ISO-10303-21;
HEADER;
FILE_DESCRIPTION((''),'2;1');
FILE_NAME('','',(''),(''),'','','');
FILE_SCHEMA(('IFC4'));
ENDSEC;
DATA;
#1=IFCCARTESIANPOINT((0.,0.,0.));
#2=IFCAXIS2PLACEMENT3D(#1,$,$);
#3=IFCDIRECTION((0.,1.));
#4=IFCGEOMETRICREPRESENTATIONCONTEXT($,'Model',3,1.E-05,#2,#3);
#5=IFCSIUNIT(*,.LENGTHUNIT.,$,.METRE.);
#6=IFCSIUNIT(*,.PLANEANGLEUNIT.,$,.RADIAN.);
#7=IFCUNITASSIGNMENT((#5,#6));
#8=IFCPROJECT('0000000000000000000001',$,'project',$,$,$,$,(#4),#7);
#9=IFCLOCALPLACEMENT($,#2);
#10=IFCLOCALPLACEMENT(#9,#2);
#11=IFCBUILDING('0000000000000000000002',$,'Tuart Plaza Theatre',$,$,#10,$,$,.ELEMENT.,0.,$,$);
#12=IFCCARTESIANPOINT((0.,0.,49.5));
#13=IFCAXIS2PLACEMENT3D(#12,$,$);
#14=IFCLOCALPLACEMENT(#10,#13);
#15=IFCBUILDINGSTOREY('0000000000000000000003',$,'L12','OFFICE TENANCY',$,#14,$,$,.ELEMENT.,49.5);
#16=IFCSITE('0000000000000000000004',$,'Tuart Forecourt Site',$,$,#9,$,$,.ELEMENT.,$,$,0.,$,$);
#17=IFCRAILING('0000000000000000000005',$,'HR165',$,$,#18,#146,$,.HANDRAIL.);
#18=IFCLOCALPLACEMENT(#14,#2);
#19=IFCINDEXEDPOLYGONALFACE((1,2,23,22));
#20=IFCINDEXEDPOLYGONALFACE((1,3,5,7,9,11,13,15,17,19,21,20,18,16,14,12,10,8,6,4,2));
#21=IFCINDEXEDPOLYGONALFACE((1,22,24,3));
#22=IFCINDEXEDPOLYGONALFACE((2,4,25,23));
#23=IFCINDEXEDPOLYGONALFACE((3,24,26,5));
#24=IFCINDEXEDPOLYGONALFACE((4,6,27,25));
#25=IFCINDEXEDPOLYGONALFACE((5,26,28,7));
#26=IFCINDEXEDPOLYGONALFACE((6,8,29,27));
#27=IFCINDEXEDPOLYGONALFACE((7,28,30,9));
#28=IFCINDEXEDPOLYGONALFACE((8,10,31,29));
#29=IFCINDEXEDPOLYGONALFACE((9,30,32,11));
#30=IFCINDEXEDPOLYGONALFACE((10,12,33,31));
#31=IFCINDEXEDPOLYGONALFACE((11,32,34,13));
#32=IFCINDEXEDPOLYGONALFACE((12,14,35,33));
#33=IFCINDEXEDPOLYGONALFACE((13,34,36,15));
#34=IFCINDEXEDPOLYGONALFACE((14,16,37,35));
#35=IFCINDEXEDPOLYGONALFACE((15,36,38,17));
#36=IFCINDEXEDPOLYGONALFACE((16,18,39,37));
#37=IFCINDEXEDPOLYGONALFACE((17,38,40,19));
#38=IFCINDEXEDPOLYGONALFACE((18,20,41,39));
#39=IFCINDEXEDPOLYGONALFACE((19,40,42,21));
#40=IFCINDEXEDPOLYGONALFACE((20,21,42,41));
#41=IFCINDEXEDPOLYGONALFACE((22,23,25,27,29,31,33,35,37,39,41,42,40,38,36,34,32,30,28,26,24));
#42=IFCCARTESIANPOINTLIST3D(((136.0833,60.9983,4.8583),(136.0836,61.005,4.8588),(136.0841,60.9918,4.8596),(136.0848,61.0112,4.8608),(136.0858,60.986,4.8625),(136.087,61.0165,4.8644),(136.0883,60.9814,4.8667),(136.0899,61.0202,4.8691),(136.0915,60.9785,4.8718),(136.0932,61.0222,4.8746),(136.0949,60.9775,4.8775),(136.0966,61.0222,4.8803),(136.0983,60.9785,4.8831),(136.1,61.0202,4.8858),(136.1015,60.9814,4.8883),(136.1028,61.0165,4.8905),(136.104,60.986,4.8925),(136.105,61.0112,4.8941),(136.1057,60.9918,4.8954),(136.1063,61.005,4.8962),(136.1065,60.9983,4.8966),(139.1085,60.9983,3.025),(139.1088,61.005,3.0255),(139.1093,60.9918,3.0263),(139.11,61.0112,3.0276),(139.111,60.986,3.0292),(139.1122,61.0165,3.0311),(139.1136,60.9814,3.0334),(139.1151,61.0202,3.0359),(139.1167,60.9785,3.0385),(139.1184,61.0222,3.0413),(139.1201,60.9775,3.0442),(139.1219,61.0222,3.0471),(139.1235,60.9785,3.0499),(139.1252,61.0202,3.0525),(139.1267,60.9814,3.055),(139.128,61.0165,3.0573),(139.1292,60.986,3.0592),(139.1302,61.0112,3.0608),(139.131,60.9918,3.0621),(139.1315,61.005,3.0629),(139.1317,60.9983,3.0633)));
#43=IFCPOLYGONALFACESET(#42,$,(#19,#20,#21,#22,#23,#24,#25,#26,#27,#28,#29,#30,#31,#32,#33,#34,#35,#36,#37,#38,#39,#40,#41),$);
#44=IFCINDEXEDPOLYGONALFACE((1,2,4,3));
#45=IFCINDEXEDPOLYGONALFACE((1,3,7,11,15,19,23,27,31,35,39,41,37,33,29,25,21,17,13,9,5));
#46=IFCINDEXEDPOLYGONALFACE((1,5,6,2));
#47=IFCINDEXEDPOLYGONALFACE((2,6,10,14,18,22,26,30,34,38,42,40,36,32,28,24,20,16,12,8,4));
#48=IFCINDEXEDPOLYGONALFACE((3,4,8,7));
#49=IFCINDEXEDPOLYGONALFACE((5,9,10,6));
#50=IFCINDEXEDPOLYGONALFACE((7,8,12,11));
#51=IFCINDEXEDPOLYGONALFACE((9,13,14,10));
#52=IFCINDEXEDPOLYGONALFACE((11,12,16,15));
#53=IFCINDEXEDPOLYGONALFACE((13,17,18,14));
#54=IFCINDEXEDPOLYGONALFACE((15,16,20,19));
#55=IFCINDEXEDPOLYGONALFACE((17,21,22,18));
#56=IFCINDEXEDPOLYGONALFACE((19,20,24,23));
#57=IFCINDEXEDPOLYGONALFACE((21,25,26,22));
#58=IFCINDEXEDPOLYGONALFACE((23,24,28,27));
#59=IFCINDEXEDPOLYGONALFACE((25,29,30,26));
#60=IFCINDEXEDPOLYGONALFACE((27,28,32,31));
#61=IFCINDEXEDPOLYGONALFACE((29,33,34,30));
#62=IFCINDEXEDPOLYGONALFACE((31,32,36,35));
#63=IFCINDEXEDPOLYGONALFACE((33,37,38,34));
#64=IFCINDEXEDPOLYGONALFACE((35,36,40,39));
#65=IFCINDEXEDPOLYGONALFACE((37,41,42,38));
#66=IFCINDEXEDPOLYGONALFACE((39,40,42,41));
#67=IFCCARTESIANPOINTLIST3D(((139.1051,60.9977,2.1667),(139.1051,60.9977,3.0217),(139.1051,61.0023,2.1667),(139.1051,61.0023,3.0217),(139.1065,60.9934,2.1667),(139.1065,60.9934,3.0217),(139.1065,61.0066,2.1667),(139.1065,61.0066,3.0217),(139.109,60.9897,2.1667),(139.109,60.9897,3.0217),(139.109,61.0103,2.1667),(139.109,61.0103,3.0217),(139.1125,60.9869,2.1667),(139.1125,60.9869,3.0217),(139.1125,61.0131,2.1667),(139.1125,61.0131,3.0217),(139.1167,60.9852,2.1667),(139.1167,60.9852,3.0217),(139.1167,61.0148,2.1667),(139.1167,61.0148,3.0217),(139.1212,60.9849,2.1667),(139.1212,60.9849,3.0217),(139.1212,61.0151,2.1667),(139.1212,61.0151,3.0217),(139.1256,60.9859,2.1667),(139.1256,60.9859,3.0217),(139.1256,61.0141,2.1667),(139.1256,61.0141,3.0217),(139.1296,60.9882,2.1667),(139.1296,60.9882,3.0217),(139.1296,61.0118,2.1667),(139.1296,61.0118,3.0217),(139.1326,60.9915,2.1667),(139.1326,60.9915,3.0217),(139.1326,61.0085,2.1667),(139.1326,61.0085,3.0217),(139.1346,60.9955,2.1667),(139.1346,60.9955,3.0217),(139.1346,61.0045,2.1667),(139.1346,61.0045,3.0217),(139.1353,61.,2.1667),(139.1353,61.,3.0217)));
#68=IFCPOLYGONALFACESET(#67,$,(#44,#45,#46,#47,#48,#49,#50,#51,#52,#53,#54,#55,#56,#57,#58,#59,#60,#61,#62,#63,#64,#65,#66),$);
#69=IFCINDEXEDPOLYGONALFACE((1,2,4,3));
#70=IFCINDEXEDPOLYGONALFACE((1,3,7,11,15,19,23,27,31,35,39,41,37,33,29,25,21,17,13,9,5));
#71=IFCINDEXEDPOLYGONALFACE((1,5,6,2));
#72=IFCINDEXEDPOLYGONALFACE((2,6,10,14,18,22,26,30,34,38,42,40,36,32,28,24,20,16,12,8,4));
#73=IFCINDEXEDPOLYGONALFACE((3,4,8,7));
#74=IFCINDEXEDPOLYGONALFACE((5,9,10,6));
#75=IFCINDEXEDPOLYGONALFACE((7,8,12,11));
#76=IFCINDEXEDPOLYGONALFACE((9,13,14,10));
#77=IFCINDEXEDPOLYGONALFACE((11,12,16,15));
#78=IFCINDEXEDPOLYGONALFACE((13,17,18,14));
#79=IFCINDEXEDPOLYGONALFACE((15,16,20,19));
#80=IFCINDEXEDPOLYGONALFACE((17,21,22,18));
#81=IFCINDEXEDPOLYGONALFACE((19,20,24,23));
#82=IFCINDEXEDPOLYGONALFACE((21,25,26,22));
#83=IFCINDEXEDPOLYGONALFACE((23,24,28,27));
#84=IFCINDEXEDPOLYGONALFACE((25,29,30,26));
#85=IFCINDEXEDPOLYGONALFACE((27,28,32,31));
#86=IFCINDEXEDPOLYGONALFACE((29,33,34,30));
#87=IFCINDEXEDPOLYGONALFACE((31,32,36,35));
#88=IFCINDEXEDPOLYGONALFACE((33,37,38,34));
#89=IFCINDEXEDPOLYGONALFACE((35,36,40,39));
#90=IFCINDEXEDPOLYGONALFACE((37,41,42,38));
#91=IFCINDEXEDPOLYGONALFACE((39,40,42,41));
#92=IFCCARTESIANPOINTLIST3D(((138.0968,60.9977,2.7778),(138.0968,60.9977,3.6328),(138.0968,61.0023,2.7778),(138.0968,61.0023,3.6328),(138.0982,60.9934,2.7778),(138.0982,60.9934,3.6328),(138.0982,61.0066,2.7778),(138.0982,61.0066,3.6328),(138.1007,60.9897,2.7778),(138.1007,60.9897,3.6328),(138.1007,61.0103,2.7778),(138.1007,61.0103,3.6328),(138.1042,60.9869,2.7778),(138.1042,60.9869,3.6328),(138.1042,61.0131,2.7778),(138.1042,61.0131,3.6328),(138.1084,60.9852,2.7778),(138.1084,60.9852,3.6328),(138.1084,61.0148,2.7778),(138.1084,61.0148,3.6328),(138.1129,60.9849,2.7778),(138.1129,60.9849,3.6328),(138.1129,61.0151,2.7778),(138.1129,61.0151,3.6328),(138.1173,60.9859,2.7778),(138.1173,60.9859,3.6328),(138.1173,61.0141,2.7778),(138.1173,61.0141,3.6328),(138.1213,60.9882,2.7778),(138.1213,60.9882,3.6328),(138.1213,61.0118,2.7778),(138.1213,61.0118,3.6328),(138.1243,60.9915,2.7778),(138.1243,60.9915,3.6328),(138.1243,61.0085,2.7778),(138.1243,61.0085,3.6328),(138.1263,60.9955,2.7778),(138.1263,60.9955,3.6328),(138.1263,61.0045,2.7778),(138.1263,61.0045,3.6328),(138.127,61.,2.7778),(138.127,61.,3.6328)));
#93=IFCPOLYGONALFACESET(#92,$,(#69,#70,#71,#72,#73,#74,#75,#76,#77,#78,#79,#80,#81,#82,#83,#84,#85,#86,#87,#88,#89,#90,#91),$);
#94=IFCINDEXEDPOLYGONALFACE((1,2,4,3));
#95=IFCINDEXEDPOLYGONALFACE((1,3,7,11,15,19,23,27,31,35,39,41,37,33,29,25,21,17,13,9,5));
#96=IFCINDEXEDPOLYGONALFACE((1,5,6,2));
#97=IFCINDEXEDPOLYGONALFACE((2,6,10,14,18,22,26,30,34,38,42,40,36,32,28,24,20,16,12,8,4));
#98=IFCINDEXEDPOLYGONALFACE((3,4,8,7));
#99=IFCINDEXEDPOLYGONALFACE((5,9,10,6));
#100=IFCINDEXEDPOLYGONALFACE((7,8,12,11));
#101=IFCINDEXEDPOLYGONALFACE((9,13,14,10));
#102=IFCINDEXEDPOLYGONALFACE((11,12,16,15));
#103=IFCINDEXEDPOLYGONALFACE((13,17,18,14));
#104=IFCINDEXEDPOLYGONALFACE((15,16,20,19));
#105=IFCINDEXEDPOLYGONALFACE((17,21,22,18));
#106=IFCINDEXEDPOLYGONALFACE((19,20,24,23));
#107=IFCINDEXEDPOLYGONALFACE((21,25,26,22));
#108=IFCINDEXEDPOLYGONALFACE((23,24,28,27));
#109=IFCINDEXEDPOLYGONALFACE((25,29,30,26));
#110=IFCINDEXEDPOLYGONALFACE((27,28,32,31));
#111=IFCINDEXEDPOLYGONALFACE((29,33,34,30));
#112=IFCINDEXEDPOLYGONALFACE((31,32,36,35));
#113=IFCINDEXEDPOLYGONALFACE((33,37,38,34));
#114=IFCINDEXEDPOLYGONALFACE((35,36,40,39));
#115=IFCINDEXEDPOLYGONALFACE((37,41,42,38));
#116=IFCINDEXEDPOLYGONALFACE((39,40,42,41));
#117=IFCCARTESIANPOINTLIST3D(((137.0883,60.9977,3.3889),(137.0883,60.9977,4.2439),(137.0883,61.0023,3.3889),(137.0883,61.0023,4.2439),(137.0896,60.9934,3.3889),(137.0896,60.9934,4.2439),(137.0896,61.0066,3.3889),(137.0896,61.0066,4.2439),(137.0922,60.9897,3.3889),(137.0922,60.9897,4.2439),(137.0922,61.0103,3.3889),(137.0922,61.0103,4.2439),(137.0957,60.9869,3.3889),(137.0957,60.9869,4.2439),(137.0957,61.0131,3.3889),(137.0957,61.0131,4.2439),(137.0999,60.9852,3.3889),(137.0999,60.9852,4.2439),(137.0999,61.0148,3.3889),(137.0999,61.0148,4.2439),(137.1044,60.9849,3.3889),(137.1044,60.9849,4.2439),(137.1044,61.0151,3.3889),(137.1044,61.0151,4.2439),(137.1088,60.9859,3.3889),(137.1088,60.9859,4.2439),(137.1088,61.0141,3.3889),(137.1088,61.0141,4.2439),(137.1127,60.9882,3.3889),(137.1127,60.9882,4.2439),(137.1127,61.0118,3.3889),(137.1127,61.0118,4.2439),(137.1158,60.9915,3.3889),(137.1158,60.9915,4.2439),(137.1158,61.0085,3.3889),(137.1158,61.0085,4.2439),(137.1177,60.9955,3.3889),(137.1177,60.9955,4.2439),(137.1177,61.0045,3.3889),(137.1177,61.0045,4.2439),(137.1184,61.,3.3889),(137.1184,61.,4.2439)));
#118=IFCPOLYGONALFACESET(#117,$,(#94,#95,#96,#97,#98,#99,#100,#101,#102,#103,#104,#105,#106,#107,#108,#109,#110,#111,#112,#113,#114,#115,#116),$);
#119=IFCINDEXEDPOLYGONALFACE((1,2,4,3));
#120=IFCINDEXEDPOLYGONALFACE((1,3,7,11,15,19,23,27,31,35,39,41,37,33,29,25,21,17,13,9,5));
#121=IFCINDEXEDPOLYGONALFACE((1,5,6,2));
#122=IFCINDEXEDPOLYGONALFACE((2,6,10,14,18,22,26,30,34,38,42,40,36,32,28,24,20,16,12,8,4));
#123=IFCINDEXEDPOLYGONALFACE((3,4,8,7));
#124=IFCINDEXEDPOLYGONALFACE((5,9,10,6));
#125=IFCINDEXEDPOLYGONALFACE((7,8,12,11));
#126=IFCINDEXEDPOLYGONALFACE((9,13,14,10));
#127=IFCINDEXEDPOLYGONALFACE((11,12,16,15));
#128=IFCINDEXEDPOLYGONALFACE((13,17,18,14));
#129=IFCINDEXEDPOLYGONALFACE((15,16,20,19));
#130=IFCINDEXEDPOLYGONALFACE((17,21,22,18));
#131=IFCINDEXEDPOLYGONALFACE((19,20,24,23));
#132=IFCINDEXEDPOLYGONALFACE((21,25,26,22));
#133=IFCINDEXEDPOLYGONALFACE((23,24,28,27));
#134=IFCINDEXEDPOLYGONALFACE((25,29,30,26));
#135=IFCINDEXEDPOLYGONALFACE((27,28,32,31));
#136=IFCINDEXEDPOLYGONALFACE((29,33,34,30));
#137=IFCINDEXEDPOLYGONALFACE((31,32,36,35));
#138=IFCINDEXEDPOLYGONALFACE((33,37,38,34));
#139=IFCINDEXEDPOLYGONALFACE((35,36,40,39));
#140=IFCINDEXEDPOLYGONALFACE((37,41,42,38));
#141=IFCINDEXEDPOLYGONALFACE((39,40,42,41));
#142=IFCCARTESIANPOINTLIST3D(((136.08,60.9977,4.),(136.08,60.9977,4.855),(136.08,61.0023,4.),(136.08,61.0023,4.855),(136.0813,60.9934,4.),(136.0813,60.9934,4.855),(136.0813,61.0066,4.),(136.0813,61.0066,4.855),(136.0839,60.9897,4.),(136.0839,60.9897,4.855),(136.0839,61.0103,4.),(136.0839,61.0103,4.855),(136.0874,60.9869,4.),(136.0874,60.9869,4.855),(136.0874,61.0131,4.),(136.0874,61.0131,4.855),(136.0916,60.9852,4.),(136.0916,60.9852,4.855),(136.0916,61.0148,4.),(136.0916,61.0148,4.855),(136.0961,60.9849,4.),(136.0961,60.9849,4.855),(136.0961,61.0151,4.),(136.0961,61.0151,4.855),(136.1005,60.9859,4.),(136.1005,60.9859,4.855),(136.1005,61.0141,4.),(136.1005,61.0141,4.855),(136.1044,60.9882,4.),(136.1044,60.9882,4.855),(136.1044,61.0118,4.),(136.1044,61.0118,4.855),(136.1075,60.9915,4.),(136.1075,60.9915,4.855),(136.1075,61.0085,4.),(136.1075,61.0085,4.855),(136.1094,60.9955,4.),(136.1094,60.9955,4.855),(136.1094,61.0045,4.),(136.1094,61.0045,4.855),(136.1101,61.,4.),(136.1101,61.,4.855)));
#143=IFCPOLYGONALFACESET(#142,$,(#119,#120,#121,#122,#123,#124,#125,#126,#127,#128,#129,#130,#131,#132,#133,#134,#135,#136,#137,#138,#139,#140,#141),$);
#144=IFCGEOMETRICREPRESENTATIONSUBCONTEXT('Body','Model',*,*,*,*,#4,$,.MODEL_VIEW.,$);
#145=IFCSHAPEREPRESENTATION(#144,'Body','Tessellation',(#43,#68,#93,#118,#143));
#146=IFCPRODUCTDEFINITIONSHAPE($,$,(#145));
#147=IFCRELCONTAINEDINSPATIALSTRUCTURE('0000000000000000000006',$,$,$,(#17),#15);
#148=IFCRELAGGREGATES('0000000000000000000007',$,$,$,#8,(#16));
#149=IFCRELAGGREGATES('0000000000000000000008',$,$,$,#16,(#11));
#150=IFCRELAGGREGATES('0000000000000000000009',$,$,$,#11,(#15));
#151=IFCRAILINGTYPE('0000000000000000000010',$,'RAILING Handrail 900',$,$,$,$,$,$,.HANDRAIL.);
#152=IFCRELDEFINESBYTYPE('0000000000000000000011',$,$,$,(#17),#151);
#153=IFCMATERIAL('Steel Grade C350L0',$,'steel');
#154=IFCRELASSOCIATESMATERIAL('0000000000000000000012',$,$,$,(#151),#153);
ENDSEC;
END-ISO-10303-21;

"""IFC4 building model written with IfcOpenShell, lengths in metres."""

from ifc_helpers import new_model, si_unit, direction, frame, origin, origin_2d, place, context, subcontext, project, spatial, circle, extrude, material, type_object, element, save


model = new_model("IFC4")

# Units and contexts
model_context = context("Model", 3, precision=1e-05, world=origin(), true_north=direction((0.0, 1.0)))
body_context = subcontext(model_context, "Body", "Model", "MODEL_VIEW")
ifc_project = project(units=[si_unit("LENGTHUNIT", "METRE"), si_unit("PLANEANGLEUNIT", "RADIAN")], contexts=[model_context])

# Site, building, storey
site_placement = place(None, origin())
site = spatial("IfcSite", under=ifc_project, at=site_placement, Name="Tuart Forecourt Site", CompositionType="ELEMENT", RefElevation=0.0)
building_placement = place(site_placement, origin())
building = spatial("IfcBuilding", under=site, at=building_placement, Name="Tuart Plaza Theatre", CompositionType="ELEMENT", ElevationOfRefHeight=0.0)
storey_placement = place(building_placement, frame((0.0, 0.0, 49.5)))
storey = spatial("IfcBuildingStorey", under=building, at=storey_placement, Name="L12", Description="OFFICE TENANCY", CompositionType="ELEMENT", Elevation=49.5)

# Railing
ifc_material_1 = material(Name="Steel Grade C350L0", Category="steel")
railing_type_1 = type_object("IfcRailingType", Name="RAILING Handrail 900", PredefinedType="HANDRAIL", material=ifc_material_1)
for number, where, name in (
    (1, (139.1201, 61.0, 2.1667), "HR165"),
):
    element("IfcRailing", number, at=place(storey_placement, frame(where)), inside=storey, type_object=railing_type_1, Name=name, PredefinedType="HANDRAIL", context=body_context, shape_type="SweptSolid", body=[
        extrude(circle(Radius=0.0225, at=origin_2d()), frame((0.0, 0.0, 0.8774), z_axis=(-0.855219, 0.0, 0.518267), x_axis=(0.0, -1.0, 0.0)), (0.0, 0.0, 1.0), 3.5374),
        extrude(circle(Radius=0.0151, at=origin_2d()), origin(), (0.0, 0.0, 1.0), 0.855),
        extrude(circle(Radius=0.0151, at=origin_2d()), frame((-1.0083, 0.0, 0.6111)), (0.0, 0.0, 1.0), 0.855),
        extrude(circle(Radius=0.0151, at=origin_2d()), frame((-2.0168, 0.0, 1.2222)), (0.0, 0.0, 1.0), 0.855),
        extrude(circle(Radius=0.0151, at=origin_2d()), frame((-3.0251, 0.0, 1.8333)), (0.0, 0.0, 1.0), 0.855),
    ])

save(model, "model.ifc")
